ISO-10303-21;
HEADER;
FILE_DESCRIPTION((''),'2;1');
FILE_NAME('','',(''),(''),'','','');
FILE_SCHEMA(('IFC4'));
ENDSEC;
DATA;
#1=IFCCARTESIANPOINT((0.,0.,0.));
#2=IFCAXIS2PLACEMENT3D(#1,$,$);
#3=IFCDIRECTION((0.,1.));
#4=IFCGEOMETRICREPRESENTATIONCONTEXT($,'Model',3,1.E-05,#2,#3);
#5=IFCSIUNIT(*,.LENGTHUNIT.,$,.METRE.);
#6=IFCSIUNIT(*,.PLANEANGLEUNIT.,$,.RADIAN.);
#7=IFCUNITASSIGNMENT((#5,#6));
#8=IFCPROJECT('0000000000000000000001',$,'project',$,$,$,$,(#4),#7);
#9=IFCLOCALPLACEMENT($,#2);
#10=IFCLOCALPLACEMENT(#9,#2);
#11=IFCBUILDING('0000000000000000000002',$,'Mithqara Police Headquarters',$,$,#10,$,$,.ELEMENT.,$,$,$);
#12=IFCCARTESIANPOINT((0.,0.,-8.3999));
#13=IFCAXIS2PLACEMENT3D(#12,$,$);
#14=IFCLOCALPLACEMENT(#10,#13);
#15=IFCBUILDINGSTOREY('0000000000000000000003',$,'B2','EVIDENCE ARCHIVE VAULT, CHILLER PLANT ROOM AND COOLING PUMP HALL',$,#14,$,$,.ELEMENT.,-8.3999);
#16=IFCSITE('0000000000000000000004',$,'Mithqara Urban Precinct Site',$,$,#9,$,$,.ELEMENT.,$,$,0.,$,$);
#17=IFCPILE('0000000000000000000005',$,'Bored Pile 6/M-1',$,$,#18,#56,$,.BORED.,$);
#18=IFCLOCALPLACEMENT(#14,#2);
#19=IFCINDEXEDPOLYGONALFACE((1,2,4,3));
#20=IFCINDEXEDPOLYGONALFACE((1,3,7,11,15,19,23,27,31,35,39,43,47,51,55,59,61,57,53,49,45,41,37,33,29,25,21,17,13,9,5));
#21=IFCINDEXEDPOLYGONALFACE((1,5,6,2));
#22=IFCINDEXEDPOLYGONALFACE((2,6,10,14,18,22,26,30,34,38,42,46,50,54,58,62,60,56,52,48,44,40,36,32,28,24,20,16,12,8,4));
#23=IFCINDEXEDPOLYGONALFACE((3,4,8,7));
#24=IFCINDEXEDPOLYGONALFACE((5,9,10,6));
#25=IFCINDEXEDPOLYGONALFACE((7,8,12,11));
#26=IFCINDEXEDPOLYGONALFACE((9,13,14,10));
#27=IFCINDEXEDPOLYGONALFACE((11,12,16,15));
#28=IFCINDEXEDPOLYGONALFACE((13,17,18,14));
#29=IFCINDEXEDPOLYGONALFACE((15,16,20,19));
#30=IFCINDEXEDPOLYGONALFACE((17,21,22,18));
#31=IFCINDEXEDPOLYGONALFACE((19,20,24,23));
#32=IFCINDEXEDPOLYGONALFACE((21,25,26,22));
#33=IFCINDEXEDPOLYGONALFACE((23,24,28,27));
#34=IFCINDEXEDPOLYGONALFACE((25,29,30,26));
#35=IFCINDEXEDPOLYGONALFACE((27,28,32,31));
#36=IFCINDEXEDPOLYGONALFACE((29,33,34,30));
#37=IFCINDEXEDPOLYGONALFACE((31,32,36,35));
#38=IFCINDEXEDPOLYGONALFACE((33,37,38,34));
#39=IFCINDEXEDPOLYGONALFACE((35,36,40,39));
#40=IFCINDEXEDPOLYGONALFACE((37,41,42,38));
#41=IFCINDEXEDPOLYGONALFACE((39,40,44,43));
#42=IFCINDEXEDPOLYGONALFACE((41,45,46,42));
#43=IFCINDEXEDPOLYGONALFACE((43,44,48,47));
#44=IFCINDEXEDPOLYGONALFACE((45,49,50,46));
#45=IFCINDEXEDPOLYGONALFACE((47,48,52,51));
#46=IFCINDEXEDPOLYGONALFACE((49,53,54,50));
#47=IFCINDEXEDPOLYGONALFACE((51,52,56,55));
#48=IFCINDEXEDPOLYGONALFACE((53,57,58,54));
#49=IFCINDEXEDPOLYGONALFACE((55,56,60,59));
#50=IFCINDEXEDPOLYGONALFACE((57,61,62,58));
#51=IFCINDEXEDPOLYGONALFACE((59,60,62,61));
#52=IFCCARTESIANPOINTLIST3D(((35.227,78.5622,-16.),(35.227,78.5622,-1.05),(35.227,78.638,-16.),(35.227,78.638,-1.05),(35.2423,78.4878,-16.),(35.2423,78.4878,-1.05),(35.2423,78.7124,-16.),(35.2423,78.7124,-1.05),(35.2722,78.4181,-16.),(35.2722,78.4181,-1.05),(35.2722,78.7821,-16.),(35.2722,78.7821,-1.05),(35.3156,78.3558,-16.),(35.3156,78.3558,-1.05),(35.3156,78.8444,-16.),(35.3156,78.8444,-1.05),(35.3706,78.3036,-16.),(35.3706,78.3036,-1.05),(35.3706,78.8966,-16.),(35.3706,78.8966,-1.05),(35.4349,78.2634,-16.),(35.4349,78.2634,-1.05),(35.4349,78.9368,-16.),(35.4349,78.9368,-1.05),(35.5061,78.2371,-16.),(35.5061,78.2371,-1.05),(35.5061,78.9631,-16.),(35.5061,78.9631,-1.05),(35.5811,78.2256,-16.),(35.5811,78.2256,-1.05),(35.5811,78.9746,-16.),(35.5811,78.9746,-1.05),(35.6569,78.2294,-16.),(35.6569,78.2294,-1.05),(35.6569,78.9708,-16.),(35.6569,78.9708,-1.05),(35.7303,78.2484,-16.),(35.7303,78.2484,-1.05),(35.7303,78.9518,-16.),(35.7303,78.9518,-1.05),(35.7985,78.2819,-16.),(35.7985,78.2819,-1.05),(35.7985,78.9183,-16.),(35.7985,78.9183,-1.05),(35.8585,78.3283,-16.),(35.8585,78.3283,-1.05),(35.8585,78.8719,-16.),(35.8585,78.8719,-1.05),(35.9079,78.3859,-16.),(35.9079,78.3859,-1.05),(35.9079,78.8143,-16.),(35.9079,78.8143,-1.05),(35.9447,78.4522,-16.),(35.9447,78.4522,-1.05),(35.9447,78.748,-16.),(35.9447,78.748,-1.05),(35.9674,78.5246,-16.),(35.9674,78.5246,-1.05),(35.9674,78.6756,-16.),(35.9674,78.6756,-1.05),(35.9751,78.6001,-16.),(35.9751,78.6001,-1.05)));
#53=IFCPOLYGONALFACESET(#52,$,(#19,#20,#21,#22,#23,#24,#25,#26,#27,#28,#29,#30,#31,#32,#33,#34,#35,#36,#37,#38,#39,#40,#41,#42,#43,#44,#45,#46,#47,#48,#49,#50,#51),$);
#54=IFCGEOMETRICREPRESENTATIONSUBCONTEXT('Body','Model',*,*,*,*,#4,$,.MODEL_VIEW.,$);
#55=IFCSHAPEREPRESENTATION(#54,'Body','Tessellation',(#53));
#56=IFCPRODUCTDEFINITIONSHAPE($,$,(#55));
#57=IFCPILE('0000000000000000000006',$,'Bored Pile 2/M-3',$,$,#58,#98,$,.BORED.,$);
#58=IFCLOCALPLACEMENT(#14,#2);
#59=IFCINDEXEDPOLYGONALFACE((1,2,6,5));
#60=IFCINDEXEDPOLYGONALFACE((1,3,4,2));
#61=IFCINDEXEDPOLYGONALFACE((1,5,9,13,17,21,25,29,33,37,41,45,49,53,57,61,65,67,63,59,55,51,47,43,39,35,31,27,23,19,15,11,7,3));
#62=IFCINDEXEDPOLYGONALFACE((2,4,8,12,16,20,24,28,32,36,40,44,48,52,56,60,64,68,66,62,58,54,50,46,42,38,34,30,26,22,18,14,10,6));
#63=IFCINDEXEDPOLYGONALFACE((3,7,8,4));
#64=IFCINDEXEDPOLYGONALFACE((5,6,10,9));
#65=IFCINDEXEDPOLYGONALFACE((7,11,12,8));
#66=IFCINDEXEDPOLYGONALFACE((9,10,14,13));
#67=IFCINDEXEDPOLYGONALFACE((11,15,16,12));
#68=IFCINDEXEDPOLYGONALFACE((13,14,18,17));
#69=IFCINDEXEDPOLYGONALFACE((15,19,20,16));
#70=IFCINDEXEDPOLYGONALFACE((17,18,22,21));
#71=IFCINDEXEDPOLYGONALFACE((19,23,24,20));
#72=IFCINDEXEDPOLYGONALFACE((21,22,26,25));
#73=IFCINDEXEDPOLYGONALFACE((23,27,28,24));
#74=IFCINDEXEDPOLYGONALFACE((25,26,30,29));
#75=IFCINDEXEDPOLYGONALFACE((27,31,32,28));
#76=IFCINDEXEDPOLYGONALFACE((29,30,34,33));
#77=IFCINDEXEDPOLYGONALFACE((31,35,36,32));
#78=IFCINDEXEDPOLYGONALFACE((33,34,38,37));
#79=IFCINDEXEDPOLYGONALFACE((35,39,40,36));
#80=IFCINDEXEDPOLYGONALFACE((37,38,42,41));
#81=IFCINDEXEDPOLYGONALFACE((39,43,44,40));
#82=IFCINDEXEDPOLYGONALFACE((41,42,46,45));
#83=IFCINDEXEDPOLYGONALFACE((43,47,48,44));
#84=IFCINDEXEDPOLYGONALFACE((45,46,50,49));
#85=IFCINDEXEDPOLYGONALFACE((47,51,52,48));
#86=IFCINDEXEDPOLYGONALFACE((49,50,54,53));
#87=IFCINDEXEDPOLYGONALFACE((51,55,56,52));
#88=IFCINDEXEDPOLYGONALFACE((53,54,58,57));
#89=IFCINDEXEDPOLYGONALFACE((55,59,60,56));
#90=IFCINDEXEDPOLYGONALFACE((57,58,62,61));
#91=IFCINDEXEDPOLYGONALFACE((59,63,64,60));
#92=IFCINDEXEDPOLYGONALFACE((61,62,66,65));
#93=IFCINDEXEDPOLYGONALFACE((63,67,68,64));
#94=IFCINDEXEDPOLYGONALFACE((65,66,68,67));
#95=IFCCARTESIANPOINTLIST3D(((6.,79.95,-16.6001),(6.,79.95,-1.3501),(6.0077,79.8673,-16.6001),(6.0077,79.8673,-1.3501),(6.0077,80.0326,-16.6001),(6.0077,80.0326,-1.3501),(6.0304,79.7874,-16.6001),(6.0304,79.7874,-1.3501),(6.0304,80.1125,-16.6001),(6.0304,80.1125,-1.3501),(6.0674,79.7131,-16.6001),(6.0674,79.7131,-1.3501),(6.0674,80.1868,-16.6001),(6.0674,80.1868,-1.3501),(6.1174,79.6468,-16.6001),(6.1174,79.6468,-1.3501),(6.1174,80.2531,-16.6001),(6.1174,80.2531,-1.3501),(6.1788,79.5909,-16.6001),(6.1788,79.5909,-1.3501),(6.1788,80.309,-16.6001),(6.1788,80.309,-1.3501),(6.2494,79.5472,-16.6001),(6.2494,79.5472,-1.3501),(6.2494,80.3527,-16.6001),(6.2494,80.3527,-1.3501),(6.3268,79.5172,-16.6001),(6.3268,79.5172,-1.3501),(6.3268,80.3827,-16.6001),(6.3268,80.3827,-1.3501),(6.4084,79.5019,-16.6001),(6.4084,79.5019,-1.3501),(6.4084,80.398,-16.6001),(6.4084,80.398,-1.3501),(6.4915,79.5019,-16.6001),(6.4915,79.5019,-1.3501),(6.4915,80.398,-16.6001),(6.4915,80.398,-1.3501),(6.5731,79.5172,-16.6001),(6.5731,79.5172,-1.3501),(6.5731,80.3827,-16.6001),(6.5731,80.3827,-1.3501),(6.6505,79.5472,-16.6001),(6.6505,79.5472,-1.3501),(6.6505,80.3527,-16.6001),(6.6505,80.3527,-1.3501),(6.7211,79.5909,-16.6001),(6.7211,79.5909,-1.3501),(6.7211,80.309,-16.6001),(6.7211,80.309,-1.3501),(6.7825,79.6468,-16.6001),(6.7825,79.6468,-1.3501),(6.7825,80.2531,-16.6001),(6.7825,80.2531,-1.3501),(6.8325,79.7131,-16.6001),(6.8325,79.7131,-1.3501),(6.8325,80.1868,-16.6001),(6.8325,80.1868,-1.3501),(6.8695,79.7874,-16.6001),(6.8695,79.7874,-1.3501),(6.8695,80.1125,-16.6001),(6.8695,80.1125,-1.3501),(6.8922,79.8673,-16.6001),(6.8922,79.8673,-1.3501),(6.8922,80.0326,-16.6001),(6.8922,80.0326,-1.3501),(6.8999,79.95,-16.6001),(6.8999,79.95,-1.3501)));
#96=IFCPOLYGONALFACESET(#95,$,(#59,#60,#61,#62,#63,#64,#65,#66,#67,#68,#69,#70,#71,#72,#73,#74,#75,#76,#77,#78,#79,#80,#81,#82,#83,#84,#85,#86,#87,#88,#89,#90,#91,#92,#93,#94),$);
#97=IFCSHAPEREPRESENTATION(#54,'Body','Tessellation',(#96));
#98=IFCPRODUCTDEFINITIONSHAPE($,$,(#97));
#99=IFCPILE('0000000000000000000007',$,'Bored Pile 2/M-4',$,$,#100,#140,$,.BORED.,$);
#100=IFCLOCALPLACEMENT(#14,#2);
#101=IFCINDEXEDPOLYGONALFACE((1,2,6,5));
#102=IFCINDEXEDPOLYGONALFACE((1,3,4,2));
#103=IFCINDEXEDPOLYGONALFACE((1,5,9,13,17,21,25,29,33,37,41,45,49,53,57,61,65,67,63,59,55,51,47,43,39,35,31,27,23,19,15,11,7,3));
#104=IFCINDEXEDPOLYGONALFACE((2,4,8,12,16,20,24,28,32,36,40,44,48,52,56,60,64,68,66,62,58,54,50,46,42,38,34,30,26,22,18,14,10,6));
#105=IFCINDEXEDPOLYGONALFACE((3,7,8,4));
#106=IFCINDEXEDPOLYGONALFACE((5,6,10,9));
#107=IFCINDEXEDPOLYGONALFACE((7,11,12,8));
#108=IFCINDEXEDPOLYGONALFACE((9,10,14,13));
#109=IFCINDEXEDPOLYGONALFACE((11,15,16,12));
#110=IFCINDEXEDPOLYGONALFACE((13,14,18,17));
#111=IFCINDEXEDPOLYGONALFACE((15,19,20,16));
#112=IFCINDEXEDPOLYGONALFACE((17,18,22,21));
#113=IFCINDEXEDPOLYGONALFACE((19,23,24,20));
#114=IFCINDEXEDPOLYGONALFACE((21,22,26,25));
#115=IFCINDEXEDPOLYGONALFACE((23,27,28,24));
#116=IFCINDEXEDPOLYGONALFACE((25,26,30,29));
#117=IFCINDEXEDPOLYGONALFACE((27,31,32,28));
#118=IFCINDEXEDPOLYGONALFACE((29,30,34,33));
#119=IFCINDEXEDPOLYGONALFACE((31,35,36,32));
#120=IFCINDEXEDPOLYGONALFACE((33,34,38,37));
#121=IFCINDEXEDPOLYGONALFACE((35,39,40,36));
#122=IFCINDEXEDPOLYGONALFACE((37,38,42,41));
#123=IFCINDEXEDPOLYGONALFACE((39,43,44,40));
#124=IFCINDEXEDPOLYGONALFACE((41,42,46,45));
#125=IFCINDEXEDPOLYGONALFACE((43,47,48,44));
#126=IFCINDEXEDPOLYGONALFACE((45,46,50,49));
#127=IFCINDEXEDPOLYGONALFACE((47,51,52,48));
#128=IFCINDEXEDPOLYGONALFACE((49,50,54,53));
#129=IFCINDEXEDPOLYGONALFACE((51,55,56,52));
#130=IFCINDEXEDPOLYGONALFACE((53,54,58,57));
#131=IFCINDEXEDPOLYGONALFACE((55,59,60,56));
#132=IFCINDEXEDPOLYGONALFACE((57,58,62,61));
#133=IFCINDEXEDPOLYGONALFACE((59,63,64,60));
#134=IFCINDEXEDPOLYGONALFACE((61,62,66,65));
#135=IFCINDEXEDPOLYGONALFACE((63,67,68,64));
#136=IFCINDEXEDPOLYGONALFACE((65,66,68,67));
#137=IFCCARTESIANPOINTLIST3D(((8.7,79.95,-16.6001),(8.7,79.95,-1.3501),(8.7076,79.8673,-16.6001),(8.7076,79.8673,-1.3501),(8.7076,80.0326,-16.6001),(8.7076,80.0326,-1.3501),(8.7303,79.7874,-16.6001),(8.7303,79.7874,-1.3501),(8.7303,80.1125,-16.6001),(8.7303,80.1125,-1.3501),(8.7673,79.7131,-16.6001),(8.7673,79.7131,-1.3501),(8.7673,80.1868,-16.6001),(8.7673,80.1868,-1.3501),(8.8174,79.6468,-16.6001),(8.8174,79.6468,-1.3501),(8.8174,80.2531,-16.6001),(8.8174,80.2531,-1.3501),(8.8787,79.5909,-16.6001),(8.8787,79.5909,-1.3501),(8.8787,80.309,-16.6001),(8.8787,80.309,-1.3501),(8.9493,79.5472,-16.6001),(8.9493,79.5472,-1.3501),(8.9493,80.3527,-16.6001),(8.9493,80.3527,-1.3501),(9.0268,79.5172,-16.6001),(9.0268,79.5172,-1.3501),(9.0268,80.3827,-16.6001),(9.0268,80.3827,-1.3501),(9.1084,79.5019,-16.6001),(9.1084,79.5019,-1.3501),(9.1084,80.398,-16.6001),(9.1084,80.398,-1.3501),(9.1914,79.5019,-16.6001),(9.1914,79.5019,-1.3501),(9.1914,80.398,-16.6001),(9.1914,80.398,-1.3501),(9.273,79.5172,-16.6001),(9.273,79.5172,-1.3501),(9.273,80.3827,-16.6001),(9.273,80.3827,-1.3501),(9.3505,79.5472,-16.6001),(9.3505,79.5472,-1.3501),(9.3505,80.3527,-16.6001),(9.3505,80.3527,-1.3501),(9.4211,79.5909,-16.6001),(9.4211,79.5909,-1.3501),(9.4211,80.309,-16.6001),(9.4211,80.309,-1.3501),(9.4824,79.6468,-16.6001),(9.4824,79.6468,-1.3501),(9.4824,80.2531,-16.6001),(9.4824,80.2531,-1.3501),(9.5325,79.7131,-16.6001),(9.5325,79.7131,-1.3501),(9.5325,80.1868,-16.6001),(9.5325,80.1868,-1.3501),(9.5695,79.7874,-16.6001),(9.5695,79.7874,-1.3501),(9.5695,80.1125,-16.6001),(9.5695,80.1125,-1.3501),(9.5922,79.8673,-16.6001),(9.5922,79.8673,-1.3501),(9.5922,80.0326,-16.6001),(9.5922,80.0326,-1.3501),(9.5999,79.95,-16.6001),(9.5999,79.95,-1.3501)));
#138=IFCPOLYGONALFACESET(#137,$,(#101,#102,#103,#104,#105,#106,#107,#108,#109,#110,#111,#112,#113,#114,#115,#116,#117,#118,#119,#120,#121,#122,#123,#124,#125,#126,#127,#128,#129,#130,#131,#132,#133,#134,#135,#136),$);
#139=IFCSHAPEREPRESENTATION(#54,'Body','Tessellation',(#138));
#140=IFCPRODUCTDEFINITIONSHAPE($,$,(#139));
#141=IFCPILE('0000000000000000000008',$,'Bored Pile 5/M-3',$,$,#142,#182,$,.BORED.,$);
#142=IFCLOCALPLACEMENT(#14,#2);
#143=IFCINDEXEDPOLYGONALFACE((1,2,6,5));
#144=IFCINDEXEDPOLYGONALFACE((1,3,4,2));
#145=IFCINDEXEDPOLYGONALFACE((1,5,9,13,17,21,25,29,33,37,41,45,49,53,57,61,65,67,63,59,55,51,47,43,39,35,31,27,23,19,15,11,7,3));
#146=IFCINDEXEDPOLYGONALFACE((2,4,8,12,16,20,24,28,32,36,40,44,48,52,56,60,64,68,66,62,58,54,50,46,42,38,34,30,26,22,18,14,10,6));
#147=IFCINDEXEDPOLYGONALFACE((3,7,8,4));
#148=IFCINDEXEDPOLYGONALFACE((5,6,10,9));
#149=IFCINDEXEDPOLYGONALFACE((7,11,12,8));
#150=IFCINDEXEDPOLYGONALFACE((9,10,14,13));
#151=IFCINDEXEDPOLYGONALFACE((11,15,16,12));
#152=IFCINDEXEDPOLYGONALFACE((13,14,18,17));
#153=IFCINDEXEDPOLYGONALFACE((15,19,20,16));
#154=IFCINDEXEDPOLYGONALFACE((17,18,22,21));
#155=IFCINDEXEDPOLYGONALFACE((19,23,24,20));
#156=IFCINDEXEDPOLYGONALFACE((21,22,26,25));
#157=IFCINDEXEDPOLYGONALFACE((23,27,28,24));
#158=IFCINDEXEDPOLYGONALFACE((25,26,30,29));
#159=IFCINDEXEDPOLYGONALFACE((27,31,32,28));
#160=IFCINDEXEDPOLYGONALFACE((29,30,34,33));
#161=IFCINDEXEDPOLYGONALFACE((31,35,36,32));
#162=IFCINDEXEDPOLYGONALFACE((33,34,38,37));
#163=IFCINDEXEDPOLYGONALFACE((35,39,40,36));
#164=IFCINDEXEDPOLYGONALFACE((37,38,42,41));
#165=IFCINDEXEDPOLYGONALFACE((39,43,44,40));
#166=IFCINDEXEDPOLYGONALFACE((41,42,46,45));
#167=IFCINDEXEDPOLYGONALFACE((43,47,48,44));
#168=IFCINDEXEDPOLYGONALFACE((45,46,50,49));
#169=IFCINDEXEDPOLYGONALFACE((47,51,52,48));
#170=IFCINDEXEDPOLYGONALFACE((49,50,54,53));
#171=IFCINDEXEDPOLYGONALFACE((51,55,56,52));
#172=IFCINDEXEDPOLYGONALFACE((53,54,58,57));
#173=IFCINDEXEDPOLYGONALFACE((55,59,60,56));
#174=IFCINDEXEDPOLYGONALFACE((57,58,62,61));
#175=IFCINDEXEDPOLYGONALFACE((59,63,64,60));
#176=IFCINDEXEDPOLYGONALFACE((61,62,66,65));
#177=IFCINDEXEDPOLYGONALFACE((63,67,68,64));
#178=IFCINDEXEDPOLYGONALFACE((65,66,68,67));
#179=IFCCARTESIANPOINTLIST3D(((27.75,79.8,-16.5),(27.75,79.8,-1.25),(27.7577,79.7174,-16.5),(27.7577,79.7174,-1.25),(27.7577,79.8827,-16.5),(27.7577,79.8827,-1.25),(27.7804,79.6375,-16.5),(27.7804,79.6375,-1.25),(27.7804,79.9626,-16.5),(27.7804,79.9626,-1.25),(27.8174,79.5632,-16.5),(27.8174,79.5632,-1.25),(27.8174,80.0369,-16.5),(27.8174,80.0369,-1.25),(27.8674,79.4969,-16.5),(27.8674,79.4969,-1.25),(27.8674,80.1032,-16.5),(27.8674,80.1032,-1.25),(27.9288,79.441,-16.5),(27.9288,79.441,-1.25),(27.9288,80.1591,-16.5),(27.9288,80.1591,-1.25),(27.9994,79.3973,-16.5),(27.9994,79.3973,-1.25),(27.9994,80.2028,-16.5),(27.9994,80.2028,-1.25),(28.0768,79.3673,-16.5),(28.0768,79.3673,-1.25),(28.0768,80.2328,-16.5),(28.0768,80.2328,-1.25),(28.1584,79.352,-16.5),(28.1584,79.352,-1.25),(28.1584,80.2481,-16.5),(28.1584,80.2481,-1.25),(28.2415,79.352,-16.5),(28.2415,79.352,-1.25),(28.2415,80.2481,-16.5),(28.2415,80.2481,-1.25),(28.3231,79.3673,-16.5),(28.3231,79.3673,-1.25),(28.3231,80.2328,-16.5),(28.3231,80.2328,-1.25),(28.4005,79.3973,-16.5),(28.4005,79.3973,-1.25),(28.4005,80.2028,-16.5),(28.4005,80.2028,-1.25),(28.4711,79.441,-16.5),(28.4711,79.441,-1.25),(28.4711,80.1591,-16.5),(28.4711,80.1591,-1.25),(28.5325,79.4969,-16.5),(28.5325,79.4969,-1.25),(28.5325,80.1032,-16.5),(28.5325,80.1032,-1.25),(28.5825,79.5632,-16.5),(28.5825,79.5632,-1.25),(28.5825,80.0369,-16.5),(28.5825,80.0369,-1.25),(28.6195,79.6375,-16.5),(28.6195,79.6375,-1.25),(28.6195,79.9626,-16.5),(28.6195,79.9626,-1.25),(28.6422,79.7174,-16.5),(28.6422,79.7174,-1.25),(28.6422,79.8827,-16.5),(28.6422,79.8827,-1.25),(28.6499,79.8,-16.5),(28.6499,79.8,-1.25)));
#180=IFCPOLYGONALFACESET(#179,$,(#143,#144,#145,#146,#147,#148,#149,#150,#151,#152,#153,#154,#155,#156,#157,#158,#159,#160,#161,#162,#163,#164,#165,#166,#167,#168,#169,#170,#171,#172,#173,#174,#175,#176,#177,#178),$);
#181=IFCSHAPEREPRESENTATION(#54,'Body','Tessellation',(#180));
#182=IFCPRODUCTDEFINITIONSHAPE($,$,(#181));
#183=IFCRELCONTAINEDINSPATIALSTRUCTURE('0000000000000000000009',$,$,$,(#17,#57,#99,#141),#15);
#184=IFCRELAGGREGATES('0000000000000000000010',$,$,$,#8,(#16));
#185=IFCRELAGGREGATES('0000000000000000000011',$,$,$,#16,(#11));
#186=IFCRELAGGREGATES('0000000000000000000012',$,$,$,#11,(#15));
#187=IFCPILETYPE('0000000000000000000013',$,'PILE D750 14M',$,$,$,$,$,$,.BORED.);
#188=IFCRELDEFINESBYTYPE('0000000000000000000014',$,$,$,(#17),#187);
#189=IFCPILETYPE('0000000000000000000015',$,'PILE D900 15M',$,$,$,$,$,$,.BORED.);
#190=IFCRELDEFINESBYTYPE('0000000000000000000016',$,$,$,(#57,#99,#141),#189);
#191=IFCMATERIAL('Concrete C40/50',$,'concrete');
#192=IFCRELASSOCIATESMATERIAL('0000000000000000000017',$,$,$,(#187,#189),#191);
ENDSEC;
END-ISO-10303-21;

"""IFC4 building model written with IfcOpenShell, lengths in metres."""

from ifc_helpers import new_model, si_unit, direction, frame, origin, origin_2d, place, context, subcontext, project, spatial, circle, extrude, material, material_profile, profile_set, type_object, element, save


model = new_model("IFC4")

# Units and contexts
model_context = context("Model", 3, precision=1e-05, world=origin(), true_north=direction((0.0, 1.0)))
body_context = subcontext(model_context, "Body", "Model", "MODEL_VIEW")
ifc_project = project(units=[si_unit("LENGTHUNIT", "METRE"), si_unit("PLANEANGLEUNIT", "RADIAN")], contexts=[model_context])

# Site, building, storey
site_placement = place(None, origin())
site = spatial("IfcSite", under=ifc_project, at=site_placement, Name="Mithqara Urban Precinct Site", CompositionType="ELEMENT", RefElevation=0.0)
building_placement = place(site_placement, origin())
building = spatial("IfcBuilding", under=site, at=building_placement, Name="Mithqara Police Headquarters", CompositionType="ELEMENT")
storey_placement = place(building_placement, frame((0.0, 0.0, -8.3999)))
storey = spatial("IfcBuildingStorey", under=building, at=storey_placement, Name="B2", Description="EVIDENCE ARCHIVE VAULT, CHILLER PLANT ROOM AND COOLING PUMP HALL", CompositionType="ELEMENT", Elevation=-8.3999)

# Shared definitions
ifc_material_1 = material(Name="Concrete C40/50", Category="concrete")

# Piles
ifc_material_profile_1 = material_profile(ifc_material_1, circle(Radius=0.375, at=origin_2d()), Name="PILE D750")
ifc_profile_set_1 = profile_set([ifc_material_profile_1], Name="Concrete C40/50")
pile_type_1 = type_object("IfcPileType", Name="PILE D750 14M", PredefinedType="BORED", material=ifc_profile_set_1)
pile_placement = place(storey_placement, frame((35.6001, 78.6001, -1.05), z_axis=(0.0, 0.0, -1.0), x_axis=(1.0, 0.0, 0.0)))
element("IfcPile", 1, at=pile_placement, inside=storey, type_object=pile_type_1, Name="Bored Pile 6/M-1", PredefinedType="BORED", context=body_context, shape_type="SweptSolid", body=[
    extrude(circle(Radius=0.375, at=origin_2d()), origin(), (0.0, 0.0, 1.0), 14.95),
])
ifc_material_profile_2 = material_profile(ifc_material_1, circle(Radius=0.45, at=origin_2d()), Name="PILE D900")
ifc_profile_set_2 = profile_set([ifc_material_profile_2], Name="Concrete C40/50")
pile_type_2 = type_object("IfcPileType", Name="PILE D900 15M", PredefinedType="BORED", material=ifc_profile_set_2)
for number, where, z_axis, x_axis, name in (
    (2, (6.45, 79.95, -1.3501), (0.0, 0.0, -1.0), (1.0, 0.0, 0.0), "Bored Pile 2/M-3"),
    (3, (9.1499, 79.95, -1.3501), (0.0, 0.0, -1.0), (1.0, 0.0, 0.0), "Bored Pile 2/M-4"),
    (4, (28.2, 79.8, -1.25), (0.0, 0.0, -1.0), (1.0, 0.0, 0.0), "Bored Pile 5/M-3"),
):
    element("IfcPile", number, at=place(storey_placement, frame(where, z_axis=z_axis, x_axis=x_axis)), inside=storey, type_object=pile_type_2, Name=name, PredefinedType="BORED", context=body_context, shape_type="SweptSolid", body=[
        extrude(circle(Radius=0.45, at=origin_2d()), origin(), (0.0, 0.0, 1.0), 15.25),
    ])

save(model, "model.ifc")
